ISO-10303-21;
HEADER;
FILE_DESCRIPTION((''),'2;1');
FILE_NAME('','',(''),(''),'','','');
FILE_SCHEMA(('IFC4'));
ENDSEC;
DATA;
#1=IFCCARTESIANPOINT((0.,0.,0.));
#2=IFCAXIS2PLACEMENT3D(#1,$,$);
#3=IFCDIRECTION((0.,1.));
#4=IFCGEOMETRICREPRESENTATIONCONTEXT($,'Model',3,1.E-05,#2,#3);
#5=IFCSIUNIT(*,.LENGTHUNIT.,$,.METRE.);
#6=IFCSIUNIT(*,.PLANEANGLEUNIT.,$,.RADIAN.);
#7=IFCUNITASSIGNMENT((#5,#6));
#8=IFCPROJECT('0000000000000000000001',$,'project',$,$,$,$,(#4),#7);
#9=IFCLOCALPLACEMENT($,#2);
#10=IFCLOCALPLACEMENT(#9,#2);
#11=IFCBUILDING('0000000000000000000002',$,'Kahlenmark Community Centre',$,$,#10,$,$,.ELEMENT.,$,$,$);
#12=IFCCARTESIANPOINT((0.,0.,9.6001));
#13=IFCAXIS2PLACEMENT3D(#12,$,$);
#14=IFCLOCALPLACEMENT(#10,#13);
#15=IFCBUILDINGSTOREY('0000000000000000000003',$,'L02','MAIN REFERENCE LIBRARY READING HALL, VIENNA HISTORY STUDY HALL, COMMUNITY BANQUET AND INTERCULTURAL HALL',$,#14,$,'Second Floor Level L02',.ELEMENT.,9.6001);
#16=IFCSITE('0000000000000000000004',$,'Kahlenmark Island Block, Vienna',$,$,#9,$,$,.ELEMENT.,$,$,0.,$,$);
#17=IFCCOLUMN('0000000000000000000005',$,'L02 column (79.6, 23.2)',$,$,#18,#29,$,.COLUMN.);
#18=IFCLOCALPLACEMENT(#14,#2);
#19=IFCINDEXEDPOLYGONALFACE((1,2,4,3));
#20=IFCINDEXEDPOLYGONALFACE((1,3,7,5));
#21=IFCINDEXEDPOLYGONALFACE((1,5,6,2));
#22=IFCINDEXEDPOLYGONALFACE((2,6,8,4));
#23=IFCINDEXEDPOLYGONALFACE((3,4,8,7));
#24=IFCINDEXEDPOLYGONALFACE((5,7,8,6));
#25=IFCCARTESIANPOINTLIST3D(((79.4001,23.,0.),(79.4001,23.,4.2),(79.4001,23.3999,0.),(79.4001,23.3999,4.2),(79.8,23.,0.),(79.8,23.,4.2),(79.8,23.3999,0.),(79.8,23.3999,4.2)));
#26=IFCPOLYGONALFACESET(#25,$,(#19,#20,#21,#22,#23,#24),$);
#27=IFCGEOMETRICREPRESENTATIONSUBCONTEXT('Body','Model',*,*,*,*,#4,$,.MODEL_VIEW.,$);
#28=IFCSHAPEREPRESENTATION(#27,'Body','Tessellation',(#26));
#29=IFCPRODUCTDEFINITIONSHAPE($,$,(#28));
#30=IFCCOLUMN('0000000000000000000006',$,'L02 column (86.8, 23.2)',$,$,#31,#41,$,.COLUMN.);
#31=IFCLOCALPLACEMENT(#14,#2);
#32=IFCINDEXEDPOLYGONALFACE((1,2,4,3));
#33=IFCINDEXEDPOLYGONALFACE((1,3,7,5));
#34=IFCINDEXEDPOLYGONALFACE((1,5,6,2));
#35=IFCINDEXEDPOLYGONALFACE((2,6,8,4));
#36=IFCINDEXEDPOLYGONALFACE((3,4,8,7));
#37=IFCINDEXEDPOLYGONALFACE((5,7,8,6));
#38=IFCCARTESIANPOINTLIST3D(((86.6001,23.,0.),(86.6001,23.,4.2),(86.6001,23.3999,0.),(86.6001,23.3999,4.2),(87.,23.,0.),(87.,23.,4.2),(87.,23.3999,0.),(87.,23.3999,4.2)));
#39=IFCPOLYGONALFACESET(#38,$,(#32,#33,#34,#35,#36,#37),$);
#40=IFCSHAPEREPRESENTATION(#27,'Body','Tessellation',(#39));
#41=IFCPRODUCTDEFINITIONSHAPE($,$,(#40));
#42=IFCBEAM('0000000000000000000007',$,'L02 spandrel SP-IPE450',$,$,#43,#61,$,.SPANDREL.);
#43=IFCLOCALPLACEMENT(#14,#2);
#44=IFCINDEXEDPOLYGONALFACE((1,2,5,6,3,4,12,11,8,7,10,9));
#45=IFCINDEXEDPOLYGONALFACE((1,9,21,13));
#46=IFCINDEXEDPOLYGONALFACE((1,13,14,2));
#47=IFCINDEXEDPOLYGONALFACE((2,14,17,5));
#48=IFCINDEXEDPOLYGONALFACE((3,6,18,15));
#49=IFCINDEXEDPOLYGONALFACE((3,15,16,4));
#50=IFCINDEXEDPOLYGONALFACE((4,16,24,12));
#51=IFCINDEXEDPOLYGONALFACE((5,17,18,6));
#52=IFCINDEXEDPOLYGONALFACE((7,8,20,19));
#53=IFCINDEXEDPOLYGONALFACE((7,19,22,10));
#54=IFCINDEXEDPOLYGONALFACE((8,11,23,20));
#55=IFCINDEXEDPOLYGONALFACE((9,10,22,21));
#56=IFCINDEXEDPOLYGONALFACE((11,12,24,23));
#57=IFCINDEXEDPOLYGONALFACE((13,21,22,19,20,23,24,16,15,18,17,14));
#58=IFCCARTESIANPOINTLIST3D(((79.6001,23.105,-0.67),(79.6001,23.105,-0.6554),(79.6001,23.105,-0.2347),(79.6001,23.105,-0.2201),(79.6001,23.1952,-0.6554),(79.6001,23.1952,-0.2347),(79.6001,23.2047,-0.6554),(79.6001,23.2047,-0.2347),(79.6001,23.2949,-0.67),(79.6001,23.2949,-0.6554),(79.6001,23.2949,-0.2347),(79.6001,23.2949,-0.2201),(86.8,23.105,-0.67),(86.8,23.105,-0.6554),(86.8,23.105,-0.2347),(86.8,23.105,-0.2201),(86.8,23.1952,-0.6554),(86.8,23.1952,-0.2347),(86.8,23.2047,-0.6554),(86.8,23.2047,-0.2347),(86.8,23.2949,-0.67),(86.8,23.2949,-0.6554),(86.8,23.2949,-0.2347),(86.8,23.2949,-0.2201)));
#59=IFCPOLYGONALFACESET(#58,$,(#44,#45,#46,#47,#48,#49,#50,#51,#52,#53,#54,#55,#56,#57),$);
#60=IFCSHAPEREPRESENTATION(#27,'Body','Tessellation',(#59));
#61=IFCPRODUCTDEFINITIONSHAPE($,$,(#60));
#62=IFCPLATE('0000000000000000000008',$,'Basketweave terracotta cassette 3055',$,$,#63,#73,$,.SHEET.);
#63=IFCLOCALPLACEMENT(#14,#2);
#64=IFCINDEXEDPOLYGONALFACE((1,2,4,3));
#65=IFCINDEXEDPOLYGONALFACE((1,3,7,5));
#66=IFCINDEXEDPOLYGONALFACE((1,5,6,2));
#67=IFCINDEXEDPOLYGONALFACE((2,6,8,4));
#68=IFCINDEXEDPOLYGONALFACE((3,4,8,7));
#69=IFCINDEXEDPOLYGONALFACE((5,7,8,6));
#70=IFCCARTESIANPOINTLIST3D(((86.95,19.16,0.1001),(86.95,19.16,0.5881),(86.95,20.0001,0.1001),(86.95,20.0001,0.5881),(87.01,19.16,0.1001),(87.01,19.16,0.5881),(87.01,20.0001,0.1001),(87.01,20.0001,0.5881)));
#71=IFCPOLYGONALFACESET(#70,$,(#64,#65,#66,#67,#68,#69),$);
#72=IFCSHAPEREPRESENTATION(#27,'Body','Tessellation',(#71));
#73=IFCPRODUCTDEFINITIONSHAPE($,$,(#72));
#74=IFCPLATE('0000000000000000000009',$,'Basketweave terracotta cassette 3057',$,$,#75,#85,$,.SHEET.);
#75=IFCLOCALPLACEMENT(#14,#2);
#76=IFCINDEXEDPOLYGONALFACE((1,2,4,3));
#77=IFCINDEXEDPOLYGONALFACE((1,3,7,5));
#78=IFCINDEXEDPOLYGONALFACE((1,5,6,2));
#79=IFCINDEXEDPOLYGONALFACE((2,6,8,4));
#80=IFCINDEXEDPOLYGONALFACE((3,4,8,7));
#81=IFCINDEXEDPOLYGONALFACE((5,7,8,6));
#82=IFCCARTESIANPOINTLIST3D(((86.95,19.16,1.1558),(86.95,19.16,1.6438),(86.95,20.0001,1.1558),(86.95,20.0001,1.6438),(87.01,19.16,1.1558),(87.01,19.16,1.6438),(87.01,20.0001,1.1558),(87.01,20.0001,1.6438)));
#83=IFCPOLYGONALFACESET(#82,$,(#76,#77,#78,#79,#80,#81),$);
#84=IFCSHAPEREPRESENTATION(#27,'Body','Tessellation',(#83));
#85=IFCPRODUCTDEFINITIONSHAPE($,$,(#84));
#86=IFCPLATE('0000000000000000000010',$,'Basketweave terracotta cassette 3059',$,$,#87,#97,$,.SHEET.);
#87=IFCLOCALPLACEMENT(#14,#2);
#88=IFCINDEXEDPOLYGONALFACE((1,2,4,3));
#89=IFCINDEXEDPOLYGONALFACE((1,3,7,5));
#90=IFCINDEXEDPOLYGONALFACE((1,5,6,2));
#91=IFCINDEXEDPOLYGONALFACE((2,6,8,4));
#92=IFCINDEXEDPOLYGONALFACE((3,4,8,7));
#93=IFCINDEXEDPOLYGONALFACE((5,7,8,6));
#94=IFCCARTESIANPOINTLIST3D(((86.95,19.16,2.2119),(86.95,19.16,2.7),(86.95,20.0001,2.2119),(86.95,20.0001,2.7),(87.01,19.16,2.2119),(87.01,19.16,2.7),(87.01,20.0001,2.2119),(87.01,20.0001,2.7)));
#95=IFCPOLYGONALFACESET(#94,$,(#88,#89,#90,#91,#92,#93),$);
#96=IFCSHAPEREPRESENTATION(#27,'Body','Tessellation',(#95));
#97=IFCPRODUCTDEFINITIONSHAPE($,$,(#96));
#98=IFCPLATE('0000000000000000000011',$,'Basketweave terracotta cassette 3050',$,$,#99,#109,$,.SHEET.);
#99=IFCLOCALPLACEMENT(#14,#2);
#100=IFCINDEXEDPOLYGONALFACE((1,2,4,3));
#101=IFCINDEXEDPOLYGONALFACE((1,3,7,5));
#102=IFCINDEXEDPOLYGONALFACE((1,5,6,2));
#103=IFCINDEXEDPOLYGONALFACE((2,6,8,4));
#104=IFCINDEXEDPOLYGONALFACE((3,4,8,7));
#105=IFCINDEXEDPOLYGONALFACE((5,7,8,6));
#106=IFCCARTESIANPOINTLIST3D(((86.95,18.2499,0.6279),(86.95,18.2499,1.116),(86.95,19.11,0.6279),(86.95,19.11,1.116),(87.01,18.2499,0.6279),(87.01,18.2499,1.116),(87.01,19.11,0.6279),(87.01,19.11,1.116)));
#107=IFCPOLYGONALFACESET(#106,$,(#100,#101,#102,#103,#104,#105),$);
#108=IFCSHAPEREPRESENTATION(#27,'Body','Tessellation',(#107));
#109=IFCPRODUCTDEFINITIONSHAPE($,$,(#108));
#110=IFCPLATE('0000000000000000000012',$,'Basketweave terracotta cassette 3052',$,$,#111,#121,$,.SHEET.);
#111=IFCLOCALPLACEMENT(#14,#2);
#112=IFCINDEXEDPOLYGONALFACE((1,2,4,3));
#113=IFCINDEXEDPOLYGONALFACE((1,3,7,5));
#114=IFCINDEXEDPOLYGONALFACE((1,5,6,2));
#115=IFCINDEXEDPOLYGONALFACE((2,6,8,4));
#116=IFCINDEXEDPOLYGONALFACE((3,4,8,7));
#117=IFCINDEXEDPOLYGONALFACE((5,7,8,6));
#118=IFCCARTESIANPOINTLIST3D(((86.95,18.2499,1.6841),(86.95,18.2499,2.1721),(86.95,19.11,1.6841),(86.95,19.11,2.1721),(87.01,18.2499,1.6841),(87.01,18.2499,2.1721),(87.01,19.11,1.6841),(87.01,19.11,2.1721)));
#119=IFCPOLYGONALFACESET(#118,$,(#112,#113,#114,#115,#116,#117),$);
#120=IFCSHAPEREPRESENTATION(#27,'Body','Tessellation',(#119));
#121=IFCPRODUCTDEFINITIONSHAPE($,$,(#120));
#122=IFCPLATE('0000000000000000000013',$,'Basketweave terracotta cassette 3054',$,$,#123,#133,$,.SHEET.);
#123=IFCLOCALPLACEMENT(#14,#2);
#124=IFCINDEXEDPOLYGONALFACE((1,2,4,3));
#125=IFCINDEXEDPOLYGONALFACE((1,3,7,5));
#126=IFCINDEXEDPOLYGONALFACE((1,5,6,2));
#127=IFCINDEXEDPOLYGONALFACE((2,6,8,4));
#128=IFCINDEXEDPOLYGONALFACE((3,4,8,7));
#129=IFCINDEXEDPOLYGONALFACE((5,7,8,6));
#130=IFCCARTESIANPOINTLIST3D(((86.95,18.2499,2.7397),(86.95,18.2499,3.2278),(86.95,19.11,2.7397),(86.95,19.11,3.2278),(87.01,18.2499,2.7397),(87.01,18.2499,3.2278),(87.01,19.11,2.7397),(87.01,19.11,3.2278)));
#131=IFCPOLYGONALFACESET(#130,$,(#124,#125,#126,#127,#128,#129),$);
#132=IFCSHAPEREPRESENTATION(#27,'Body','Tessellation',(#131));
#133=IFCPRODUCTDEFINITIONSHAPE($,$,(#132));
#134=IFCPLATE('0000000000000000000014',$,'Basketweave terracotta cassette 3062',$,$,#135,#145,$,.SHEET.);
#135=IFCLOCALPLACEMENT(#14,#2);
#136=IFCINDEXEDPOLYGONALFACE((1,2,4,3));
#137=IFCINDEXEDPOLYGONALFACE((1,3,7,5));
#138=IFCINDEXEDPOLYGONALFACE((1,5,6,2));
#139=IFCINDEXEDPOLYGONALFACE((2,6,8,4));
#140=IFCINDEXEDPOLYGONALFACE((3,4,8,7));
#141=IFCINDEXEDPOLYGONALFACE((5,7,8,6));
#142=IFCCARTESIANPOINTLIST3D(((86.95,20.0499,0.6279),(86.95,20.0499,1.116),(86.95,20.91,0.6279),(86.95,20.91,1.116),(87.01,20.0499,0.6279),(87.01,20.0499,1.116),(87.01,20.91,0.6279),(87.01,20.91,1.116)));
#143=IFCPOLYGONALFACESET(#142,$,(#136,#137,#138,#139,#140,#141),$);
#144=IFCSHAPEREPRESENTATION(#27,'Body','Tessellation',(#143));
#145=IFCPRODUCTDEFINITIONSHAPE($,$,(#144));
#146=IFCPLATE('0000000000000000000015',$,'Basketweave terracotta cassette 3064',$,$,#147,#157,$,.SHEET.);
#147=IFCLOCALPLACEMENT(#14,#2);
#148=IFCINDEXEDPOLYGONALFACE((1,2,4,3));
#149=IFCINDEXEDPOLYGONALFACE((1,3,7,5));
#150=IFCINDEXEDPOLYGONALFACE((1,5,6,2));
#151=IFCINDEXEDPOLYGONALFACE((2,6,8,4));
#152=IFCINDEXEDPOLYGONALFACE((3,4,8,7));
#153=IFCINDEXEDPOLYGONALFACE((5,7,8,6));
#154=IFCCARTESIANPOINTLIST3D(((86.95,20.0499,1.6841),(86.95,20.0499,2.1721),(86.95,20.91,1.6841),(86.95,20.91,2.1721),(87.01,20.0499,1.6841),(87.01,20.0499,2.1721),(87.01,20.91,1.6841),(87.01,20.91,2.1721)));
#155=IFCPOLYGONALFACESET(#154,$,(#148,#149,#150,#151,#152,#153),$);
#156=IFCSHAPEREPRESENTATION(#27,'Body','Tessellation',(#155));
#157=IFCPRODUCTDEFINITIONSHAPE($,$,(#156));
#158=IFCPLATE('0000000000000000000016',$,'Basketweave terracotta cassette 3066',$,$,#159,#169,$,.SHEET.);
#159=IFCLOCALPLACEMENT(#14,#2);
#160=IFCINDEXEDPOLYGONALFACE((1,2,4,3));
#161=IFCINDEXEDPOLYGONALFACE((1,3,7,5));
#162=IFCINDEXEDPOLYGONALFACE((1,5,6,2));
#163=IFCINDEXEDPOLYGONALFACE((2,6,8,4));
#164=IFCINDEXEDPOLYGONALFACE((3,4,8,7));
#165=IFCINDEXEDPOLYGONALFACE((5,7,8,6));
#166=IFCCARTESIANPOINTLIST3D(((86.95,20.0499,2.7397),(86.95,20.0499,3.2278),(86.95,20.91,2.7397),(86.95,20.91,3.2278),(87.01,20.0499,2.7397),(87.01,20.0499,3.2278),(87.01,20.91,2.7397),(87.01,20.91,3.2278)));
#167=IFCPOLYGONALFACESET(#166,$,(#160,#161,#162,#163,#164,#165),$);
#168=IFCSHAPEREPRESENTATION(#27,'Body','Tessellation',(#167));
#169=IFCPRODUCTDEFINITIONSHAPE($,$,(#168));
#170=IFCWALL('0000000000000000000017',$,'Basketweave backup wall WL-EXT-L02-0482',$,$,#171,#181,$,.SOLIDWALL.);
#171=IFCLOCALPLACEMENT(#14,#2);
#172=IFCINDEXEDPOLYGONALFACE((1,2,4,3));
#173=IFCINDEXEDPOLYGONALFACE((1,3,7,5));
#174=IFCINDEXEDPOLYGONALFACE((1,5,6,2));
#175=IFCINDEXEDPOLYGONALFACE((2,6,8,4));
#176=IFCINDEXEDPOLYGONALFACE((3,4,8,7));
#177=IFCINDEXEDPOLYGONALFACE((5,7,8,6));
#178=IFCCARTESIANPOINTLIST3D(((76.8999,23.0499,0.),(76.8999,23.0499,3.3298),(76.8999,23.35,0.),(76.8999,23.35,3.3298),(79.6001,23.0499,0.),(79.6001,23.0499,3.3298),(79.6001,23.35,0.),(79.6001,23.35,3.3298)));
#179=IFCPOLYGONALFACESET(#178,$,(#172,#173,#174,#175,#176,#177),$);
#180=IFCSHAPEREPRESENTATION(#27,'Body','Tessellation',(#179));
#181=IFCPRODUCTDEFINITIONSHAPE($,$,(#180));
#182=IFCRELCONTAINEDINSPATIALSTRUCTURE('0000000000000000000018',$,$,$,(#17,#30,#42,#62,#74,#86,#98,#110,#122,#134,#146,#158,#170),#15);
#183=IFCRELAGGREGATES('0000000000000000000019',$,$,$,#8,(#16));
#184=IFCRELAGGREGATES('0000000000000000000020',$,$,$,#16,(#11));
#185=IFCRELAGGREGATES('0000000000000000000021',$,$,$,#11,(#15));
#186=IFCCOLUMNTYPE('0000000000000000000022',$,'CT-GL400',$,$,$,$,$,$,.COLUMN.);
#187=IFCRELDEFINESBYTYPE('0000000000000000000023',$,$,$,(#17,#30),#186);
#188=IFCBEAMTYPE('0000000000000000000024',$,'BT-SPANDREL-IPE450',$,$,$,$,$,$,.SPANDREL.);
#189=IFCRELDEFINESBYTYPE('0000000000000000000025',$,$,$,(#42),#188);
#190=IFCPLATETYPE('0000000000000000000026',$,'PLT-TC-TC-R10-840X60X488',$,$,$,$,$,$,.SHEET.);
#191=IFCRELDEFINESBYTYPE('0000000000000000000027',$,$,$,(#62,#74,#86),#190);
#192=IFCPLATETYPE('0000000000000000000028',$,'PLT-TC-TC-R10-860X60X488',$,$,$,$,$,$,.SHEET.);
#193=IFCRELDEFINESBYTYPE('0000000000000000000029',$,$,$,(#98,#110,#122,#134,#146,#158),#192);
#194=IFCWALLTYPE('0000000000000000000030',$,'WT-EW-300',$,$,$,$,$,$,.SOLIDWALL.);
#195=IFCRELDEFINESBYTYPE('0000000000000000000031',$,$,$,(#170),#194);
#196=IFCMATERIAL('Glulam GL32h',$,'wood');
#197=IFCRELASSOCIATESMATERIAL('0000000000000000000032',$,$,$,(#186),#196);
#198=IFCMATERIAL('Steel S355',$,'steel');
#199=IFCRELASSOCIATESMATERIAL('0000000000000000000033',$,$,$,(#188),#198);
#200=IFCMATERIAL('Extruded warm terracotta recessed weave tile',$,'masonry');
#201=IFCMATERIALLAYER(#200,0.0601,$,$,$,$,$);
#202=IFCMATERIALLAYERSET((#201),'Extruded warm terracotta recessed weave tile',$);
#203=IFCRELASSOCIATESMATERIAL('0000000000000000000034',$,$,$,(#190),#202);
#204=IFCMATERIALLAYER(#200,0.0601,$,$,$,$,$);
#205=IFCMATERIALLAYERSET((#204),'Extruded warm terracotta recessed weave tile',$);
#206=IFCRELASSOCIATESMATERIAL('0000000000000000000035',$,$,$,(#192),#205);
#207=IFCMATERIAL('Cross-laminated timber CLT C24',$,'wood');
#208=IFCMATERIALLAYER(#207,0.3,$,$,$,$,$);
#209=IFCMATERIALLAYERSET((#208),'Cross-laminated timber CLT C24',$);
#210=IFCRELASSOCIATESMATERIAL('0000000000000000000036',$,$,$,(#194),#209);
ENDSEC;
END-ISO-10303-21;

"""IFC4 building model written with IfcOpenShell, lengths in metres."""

from ifc_helpers import new_model, si_unit, direction, frame, frame_2d, origin, origin_2d, place, context, subcontext, project, spatial, rectangle, i_section, extrude, material, layer, layer_set, material_profile, profile_set, type_object, element, save


model = new_model("IFC4")

# Units and contexts
model_context = context("Model", 3, precision=1e-05, world=origin(), true_north=direction((0.0, 1.0)))
body_context = subcontext(model_context, "Body", "Model", "MODEL_VIEW")
ifc_project = project(units=[si_unit("LENGTHUNIT", "METRE"), si_unit("PLANEANGLEUNIT", "RADIAN")], contexts=[model_context])

# Site, building, storey
site_placement = place(None, origin())
site = spatial("IfcSite", under=ifc_project, at=site_placement, Name="Kahlenmark Island Block, Vienna", CompositionType="ELEMENT", RefElevation=0.0)
building_placement = place(site_placement, origin())
building = spatial("IfcBuilding", under=site, at=building_placement, Name="Kahlenmark Community Centre", CompositionType="ELEMENT")
storey_placement = place(building_placement, frame((0.0, 0.0, 9.6001)))
storey = spatial("IfcBuildingStorey", under=building, at=storey_placement, Name="L02", Description="MAIN REFERENCE LIBRARY READING HALL, VIENNA HISTORY STUDY HALL, COMMUNITY BANQUET AND INTERCULTURAL HALL", LongName="Second Floor Level L02", CompositionType="ELEMENT", Elevation=9.6001)

# Columns
ifc_material_1 = material(Name="Glulam GL32h", Category="wood")
ifc_material_profile_1 = material_profile(ifc_material_1, rectangle(XDim=0.3999, YDim=0.3999, at=origin_2d()), Name="GL32h 400x400")
ifc_profile_set_1 = profile_set([ifc_material_profile_1], Name="Glulam GL32h")
column_type = type_object("IfcColumnType", Name="CT-GL400", PredefinedType="COLUMN", material=ifc_profile_set_1)
for number, where, z_axis, x_axis, name in (
    (1, (79.6001, 23.2, 0.0), (0.0, 0.0, 1.0), (1.0, 0.0, 0.0), "L02 column (79.6, 23.2)"),
    (2, (86.8, 23.2, 0.0), (0.0, 0.0, 1.0), (1.0, 0.0, 0.0), "L02 column (86.8, 23.2)"),
):
    element("IfcColumn", number, at=place(storey_placement, frame(where, z_axis=z_axis, x_axis=x_axis)), inside=storey, type_object=column_type, Name=name, PredefinedType="COLUMN", context=body_context, shape_type="SweptSolid", body=[
        extrude(rectangle(XDim=0.3999, YDim=0.3999, at=origin_2d()), origin(), (0.0, 0.0, 1.0), 4.2),
    ])

# Beam
ifc_material_2 = material(Name="Steel S355", Category="steel")
ifc_material_profile_2 = material_profile(ifc_material_2, i_section(OverallWidth=0.1899, OverallDepth=0.45, WebThickness=0.0095, FlangeThickness=0.0146, at=origin_2d()), Name="IPE 450")
ifc_profile_set_2 = profile_set([ifc_material_profile_2], Name="Steel S355")
beam_type = type_object("IfcBeamType", Name="BT-SPANDREL-IPE450", PredefinedType="SPANDREL", material=ifc_profile_set_2)
beam_placement = place(storey_placement, frame((79.6001, 23.2, -0.4451), z_axis=(1.0, 0.0, 0.0), x_axis=(0.0, 1.0, 0.0)))
element("IfcBeam", 3, at=beam_placement, inside=storey, type_object=beam_type, Name="L02 spandrel SP-IPE450", PredefinedType="SPANDREL", context=body_context, shape_type="SweptSolid", body=[
    extrude(i_section(OverallWidth=0.1899, OverallDepth=0.45, WebThickness=0.0095, FlangeThickness=0.0146, at=origin_2d()), origin(), (0.0, 0.0, 1.0), 7.2),
])

# Plates
ifc_material_3 = material(Name="Extruded warm terracotta recessed weave tile", Category="masonry")
ifc_layer_1 = layer(ifc_material_3, 0.0601)
ifc_layer_set_1 = layer_set([ifc_layer_1], Name="Extruded warm terracotta recessed weave tile")
plate_type_1 = type_object("IfcPlateType", Name="PLT-TC-TC-R10-840X60X488", PredefinedType="SHEET", material=ifc_layer_set_1)
for number, where, z_axis, x_axis, name in (
    (4, (86.98, 19.5801, 0.1001), (0.0, 0.0, 1.0), (0.0, 1.0, 0.0), "Basketweave terracotta cassette 3055"),
    (5, (86.98, 19.5801, 1.1558), (0.0, 0.0, 1.0), (0.0, 1.0, 0.0), "Basketweave terracotta cassette 3057"),
    (6, (86.98, 19.5801, 2.2119), (0.0, 0.0, 1.0), (0.0, 1.0, 0.0), "Basketweave terracotta cassette 3059"),
):
    element("IfcPlate", number, at=place(storey_placement, frame(where, z_axis=z_axis, x_axis=x_axis)), inside=storey, type_object=plate_type_1, Name=name, PredefinedType="SHEET", context=body_context, shape_type="SweptSolid", body=[
        extrude(rectangle(XDim=0.8401, YDim=0.0601, at=origin_2d()), origin(), (0.0, 0.0, 1.0), 0.488),
    ])
ifc_layer_2 = layer(ifc_material_3, 0.0601)
ifc_layer_set_2 = layer_set([ifc_layer_2], Name="Extruded warm terracotta recessed weave tile")
plate_type_2 = type_object("IfcPlateType", Name="PLT-TC-TC-R10-860X60X488", PredefinedType="SHEET", material=ifc_layer_set_2)
for number, where, z_axis, x_axis, name in (
    (7, (86.98, 18.6799, 0.6279), (0.0, 0.0, 1.0), (0.0, 1.0, 0.0), "Basketweave terracotta cassette 3050"),
    (8, (86.98, 18.6799, 1.6841), (0.0, 0.0, 1.0), (0.0, 1.0, 0.0), "Basketweave terracotta cassette 3052"),
    (9, (86.98, 18.6799, 2.7397), (0.0, 0.0, 1.0), (0.0, 1.0, 0.0), "Basketweave terracotta cassette 3054"),
    (10, (86.98, 20.48, 0.6279), (0.0, 0.0, 1.0), (0.0, 1.0, 0.0), "Basketweave terracotta cassette 3062"),
    (11, (86.98, 20.48, 1.6841), (0.0, 0.0, 1.0), (0.0, 1.0, 0.0), "Basketweave terracotta cassette 3064"),
    (12, (86.98, 20.48, 2.7397), (0.0, 0.0, 1.0), (0.0, 1.0, 0.0), "Basketweave terracotta cassette 3066"),
):
    element("IfcPlate", number, at=place(storey_placement, frame(where, z_axis=z_axis, x_axis=x_axis)), inside=storey, type_object=plate_type_2, Name=name, PredefinedType="SHEET", context=body_context, shape_type="SweptSolid", body=[
        extrude(rectangle(XDim=0.8601, YDim=0.0601, at=origin_2d()), origin(), (0.0, 0.0, 1.0), 0.488),
    ])

# Wall
ifc_material_4 = material(Name="Cross-laminated timber CLT C24", Category="wood")
ifc_layer_3 = layer(ifc_material_4, 0.3)
ifc_layer_set_3 = layer_set([ifc_layer_3], Name="Cross-laminated timber CLT C24")
wall_type = type_object("IfcWallType", Name="WT-EW-300", PredefinedType="SOLIDWALL", material=ifc_layer_set_3)
wall_1_placement = place(storey_placement, frame((79.6001, 23.2, 0.0), z_axis=(0.0, 0.0, 1.0), x_axis=(-1.0, 0.0, 0.0)))
element("IfcWall", 13, at=wall_1_placement, inside=storey, type_object=wall_type, Name="Basketweave backup wall WL-EXT-L02-0482", PredefinedType="SOLIDWALL", context=body_context, shape_type="SweptSolid", body=[
    extrude(rectangle(XDim=2.7002, YDim=0.3, at=frame_2d((1.3501, 0.0))), origin(), (0.0, 0.0, 1.0), 3.3298),
])

save(model, "model.ifc")
